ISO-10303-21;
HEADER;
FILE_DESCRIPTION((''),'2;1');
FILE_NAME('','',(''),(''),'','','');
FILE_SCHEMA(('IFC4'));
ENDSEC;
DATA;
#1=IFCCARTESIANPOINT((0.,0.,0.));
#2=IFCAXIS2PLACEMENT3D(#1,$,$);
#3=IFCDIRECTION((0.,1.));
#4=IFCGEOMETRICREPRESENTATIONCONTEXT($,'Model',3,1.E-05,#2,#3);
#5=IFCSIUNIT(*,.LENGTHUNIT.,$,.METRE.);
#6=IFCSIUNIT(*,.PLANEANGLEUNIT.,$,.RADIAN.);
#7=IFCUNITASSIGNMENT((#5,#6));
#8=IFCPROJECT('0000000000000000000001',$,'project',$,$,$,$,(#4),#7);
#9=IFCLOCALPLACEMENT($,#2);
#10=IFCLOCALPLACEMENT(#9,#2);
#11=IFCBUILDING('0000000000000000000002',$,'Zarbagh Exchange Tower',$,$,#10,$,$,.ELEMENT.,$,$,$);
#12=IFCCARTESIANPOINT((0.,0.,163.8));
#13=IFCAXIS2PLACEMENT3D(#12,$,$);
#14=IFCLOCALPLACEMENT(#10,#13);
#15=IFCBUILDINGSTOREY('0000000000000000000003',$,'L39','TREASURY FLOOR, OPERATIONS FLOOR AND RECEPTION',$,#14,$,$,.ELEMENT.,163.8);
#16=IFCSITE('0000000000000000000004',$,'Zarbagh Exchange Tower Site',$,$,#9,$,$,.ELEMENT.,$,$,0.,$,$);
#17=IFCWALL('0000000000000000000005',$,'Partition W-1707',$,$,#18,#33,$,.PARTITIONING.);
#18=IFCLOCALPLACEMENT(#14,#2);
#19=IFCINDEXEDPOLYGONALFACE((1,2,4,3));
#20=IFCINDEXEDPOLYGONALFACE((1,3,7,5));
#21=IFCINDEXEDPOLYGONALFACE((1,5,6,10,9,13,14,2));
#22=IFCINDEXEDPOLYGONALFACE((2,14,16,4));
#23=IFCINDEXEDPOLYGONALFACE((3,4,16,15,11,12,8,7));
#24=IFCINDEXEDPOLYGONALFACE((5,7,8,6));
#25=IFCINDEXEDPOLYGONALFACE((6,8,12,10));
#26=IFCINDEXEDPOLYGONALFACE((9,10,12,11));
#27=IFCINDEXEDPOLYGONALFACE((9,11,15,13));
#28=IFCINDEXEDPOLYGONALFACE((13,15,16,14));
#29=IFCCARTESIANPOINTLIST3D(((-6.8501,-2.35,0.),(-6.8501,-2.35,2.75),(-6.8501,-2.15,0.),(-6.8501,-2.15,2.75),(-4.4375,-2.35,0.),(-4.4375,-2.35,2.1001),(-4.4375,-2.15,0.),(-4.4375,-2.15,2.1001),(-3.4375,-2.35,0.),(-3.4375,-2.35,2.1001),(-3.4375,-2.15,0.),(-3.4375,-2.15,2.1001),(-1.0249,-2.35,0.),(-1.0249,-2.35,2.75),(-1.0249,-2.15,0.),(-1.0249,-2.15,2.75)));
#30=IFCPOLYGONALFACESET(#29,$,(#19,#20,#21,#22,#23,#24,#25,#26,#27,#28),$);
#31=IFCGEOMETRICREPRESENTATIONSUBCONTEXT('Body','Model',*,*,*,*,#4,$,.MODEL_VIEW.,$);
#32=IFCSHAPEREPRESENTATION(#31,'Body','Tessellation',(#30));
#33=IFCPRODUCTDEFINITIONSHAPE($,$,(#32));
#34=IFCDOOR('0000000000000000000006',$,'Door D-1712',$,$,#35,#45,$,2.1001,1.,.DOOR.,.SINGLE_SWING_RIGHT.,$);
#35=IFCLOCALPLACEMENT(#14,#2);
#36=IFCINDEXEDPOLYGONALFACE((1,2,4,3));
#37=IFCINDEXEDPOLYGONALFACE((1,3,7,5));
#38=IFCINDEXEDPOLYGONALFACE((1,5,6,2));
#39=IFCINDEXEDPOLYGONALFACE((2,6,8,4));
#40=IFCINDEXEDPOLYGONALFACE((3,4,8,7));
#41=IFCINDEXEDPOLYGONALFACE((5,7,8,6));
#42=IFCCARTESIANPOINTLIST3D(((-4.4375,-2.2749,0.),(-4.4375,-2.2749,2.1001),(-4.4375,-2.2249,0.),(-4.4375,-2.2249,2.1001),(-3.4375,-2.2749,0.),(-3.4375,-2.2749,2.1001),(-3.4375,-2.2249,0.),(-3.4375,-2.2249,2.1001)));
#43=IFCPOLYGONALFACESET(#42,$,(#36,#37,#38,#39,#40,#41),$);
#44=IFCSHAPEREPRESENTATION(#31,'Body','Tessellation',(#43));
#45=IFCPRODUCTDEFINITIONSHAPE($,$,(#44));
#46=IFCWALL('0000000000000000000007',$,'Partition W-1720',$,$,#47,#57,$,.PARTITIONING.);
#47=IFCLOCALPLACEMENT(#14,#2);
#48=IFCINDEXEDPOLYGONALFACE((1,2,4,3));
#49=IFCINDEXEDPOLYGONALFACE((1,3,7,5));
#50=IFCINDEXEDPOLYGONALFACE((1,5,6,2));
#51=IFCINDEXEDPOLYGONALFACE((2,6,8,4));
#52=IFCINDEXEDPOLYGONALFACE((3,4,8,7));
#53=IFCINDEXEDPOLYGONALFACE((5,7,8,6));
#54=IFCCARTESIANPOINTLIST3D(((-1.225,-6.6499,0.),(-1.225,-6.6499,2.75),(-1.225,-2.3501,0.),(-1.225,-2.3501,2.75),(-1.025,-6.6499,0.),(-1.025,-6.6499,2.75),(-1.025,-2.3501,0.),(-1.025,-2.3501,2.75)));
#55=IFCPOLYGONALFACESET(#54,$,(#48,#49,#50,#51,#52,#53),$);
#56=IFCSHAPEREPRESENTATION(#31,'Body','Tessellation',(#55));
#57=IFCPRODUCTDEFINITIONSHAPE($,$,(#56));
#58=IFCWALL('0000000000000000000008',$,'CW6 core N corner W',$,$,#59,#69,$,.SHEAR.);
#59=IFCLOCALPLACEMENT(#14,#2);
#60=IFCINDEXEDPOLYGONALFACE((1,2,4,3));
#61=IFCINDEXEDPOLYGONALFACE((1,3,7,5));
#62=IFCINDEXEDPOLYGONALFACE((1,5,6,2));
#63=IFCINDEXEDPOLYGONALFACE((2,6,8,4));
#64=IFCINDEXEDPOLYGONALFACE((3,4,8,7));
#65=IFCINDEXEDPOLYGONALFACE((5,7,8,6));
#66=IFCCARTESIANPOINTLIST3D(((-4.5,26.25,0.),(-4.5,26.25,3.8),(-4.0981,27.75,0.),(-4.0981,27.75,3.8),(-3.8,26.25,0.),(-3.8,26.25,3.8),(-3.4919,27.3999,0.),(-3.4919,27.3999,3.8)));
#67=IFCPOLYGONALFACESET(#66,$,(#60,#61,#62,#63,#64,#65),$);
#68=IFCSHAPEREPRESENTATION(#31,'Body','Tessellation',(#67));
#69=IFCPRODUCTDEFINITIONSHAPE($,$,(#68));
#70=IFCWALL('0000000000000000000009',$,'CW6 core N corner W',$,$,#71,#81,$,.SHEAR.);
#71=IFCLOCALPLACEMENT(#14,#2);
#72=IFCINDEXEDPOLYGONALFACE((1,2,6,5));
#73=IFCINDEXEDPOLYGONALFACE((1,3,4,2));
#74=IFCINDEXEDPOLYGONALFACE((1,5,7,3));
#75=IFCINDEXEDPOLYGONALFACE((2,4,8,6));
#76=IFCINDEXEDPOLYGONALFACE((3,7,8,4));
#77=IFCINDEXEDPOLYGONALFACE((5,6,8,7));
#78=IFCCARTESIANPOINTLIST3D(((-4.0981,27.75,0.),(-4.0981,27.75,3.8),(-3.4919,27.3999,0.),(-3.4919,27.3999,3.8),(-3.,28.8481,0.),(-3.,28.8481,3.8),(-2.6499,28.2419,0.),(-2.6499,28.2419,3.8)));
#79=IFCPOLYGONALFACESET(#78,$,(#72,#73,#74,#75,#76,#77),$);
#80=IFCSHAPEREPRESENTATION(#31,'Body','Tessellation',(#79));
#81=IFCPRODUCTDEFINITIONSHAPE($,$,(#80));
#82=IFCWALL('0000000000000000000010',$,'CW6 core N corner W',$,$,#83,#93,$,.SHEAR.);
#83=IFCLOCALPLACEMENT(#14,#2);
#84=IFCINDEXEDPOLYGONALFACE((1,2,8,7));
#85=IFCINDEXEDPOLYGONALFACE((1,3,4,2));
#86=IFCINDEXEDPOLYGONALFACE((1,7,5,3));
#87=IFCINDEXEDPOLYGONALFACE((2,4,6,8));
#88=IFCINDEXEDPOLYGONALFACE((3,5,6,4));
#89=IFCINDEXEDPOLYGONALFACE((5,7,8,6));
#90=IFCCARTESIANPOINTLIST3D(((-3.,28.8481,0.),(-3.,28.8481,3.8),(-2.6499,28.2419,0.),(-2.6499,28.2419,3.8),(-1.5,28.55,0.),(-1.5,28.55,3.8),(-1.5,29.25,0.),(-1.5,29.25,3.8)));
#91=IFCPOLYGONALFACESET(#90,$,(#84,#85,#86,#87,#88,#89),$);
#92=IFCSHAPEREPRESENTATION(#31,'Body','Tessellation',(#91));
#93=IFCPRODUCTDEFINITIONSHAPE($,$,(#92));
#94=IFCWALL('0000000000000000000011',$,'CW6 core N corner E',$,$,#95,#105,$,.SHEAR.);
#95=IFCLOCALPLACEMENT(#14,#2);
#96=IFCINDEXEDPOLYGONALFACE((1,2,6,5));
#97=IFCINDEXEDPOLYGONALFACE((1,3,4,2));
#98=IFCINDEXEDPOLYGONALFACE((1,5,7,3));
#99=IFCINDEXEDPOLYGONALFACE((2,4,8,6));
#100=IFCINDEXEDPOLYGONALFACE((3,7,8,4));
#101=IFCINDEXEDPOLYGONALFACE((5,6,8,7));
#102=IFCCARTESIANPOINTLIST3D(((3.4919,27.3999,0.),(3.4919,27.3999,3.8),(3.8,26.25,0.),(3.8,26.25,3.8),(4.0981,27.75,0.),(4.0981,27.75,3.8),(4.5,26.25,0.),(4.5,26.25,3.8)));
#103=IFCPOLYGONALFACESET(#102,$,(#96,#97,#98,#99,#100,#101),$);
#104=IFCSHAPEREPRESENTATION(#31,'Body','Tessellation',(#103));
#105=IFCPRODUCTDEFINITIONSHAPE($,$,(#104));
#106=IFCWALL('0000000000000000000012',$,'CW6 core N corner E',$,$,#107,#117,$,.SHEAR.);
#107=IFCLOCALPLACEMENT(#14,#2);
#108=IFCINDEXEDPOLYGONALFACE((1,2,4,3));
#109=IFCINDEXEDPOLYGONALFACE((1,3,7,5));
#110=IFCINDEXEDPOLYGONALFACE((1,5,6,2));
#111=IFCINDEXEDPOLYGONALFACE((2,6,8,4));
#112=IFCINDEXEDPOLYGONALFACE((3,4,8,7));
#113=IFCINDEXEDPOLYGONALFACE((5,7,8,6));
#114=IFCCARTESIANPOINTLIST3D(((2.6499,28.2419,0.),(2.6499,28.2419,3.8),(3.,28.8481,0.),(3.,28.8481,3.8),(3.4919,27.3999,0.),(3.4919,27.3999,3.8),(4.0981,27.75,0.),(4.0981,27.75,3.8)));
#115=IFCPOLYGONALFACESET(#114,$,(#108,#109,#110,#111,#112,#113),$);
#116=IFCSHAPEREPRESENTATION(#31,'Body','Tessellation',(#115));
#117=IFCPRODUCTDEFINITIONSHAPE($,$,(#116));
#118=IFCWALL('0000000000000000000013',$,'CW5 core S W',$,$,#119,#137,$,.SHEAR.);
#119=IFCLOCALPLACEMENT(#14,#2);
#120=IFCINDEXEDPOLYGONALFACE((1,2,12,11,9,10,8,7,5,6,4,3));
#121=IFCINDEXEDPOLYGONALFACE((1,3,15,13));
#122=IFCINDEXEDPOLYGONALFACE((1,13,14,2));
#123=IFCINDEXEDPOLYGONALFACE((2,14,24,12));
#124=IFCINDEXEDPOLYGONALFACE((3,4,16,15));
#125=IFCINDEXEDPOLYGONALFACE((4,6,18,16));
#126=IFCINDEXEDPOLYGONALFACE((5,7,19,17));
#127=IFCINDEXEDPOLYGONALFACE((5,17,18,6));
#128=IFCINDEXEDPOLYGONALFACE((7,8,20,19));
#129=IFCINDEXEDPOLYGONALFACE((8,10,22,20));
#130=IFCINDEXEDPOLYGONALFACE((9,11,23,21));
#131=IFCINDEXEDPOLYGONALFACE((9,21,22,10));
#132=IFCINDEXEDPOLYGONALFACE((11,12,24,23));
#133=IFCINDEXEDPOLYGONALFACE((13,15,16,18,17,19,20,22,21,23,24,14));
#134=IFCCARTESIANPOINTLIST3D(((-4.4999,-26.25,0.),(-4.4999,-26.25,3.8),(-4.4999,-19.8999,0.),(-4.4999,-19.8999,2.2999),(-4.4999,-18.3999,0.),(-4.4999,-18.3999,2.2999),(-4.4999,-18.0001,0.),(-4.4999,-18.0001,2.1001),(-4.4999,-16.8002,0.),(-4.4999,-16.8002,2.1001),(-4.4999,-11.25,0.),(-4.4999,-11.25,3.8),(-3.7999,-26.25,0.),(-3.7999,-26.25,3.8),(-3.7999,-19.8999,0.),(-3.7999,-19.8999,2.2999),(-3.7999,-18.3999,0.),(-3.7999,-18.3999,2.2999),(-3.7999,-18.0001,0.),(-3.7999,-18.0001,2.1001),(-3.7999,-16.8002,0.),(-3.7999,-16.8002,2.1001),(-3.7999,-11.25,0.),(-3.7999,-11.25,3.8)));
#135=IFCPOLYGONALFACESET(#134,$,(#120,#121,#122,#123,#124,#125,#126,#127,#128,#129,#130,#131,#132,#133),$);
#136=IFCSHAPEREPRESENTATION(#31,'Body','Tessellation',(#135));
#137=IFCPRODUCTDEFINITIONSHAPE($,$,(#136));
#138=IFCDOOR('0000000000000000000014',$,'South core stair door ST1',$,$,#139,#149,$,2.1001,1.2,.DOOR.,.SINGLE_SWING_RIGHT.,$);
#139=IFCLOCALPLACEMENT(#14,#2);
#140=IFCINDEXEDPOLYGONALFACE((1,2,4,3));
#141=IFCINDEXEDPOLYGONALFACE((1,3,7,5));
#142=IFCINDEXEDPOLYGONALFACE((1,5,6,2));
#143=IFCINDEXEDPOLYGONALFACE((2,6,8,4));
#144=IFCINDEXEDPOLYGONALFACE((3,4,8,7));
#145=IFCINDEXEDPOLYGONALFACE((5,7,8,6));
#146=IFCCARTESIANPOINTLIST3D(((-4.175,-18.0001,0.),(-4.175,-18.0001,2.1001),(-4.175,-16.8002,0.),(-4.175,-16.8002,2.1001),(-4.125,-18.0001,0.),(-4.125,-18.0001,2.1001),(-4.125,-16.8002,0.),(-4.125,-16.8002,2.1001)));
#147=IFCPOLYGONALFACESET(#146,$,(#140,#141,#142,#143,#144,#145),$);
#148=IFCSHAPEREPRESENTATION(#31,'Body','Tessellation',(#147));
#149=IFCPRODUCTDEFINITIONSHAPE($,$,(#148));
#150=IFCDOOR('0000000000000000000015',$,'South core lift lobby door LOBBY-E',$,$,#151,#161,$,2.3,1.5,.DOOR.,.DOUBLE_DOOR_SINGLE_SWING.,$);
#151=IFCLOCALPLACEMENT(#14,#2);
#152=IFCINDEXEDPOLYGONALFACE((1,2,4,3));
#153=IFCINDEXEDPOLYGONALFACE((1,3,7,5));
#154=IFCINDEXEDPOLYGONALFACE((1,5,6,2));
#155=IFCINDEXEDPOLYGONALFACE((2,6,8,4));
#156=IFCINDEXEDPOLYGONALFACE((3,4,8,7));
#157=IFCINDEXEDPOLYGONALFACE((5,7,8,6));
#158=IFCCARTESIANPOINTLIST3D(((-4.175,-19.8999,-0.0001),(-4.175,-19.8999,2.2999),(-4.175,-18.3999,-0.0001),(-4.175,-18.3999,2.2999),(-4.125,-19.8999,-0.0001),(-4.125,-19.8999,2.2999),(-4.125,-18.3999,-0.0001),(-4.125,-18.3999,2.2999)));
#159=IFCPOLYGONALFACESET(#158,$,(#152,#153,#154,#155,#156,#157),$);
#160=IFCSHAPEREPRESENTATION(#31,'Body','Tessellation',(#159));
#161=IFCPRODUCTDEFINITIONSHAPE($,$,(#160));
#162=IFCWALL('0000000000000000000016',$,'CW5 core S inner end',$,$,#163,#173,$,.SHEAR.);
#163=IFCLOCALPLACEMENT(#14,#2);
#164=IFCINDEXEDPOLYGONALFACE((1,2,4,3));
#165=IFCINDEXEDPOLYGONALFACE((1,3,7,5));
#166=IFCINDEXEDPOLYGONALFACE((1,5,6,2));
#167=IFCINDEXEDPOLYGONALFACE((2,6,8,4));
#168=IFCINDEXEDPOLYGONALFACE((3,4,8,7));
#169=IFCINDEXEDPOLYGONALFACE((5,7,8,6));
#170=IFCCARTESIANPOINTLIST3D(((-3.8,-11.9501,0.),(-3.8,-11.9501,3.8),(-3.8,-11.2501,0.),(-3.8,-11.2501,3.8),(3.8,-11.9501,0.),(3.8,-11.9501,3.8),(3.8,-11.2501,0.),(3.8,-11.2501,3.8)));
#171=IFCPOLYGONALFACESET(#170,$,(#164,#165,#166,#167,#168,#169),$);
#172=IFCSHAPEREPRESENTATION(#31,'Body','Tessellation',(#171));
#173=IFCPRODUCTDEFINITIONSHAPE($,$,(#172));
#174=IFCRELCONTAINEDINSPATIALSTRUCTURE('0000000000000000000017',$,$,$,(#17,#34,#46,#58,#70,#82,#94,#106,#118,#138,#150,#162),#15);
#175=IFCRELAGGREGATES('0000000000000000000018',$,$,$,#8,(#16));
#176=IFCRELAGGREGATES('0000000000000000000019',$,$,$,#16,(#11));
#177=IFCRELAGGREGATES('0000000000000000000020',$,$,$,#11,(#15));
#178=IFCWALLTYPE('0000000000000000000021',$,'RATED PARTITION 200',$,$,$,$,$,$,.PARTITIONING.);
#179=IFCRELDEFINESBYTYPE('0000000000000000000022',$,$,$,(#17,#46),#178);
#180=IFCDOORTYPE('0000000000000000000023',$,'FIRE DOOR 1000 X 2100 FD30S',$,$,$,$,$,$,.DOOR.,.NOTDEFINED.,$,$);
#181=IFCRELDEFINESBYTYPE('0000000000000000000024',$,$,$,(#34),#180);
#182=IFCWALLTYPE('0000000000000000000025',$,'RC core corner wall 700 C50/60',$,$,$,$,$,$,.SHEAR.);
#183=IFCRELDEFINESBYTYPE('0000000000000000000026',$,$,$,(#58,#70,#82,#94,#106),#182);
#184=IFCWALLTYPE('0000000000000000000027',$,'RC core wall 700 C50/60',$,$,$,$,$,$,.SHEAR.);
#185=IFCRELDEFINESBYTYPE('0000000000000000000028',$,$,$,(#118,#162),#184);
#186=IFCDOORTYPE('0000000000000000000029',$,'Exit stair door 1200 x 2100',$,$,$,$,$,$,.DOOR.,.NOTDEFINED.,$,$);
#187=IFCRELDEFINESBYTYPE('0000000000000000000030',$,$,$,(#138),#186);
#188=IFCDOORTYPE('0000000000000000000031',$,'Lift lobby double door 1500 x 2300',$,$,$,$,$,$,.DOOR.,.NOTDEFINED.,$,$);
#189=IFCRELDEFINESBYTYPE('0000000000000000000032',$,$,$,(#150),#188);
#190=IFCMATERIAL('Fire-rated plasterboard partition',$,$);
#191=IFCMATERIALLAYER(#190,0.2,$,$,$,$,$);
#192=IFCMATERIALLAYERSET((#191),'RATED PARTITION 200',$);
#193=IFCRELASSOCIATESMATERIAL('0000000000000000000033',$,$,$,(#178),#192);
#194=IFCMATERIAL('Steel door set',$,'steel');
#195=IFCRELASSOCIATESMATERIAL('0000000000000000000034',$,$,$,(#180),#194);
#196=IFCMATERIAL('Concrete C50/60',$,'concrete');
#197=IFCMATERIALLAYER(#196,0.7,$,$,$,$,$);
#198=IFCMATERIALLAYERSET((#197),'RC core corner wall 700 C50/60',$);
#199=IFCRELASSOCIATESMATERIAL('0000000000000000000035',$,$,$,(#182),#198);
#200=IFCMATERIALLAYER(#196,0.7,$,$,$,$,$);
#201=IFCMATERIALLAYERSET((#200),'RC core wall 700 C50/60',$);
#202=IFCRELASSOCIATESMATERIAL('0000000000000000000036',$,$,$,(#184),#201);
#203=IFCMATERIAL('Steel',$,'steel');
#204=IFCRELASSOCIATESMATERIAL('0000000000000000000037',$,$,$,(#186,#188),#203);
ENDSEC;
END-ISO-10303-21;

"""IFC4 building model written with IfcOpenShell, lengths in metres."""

from ifc_helpers import new_model, si_unit, direction, frame, frame_2d, origin, place, context, subcontext, project, spatial, polyline, rectangle, outline, extrude, material, layer, layer_set, type_object, element, fill, save


model = new_model("IFC4")

# Units and contexts
model_context = context("Model", 3, precision=1e-05, world=origin(), true_north=direction((0.0, 1.0)))
body_context = subcontext(model_context, "Body", "Model", "MODEL_VIEW")
ifc_project = project(units=[si_unit("LENGTHUNIT", "METRE"), si_unit("PLANEANGLEUNIT", "RADIAN")], contexts=[model_context])

# Site, building, storey
site_placement = place(None, origin())
site = spatial("IfcSite", under=ifc_project, at=site_placement, Name="Zarbagh Exchange Tower Site", CompositionType="ELEMENT", RefElevation=0.0)
building_placement = place(site_placement, origin())
building = spatial("IfcBuilding", under=site, at=building_placement, Name="Zarbagh Exchange Tower", CompositionType="ELEMENT")
storey_placement = place(building_placement, frame((0.0, 0.0, 163.8)))
storey = spatial("IfcBuildingStorey", under=building, at=storey_placement, Name="L39", Description="TREASURY FLOOR, OPERATIONS FLOOR AND RECEPTION", CompositionType="ELEMENT", Elevation=163.8)

# Shared definitions
ifc_material_1 = material(Name="Concrete C50/60", Category="concrete")

# Wall, opening, door
ifc_material_2 = material(Name="Fire-rated plasterboard partition")
ifc_layer_1 = layer(ifc_material_2, 0.2)
ifc_layer_set_1 = layer_set([ifc_layer_1], Name="RATED PARTITION 200")
wall_type_1 = type_object("IfcWallType", Name="RATED PARTITION 200", PredefinedType="PARTITIONING", material=ifc_layer_set_1)
wall_1_placement = place(storey_placement, frame((-1.0249, -2.25, 0.0), z_axis=(0.0, 0.0, 1.0), x_axis=(-1.0, 0.0, 0.0)))
wall_1 = element("IfcWall", 1, at=wall_1_placement, inside=storey, type_object=wall_type_1, Name="Partition W-1707", PredefinedType="PARTITIONING", context=body_context, shape_type="SweptSolid", body=[
    extrude(rectangle(XDim=5.8252, YDim=0.2, at=frame_2d((2.9126, 0.0))), origin(), (0.0, 0.0, 1.0), 2.75),
])
opening_1_placement = place(wall_1_placement, frame((2.4126, 0.0, 0.0)))
opening_1 = element("IfcOpeningElement", 2, at=opening_1_placement, cuts=wall_1, PredefinedType="OPENING", context=body_context, shape_type="SweptSolid", body=[
    extrude(rectangle(XDim=1.0, YDim=2.1001, at=frame_2d((0.5, 1.05))), frame((0.0, 0.1099, 0.0), z_axis=(0.0, -1.0, 0.0), x_axis=(1.0, 0.0, 0.0)), (0.0, 0.0, 1.0), 0.22),
])
ifc_material_3 = material(Name="Steel door set", Category="steel")
door_type_1 = type_object("IfcDoorType", Name="FIRE DOOR 1000 X 2100 FD30S", OperationType="NOTDEFINED", PredefinedType="DOOR", material=ifc_material_3)
door_1_placement = place(opening_1_placement, origin())
door_1 = element("IfcDoor", 3, at=door_1_placement, inside=storey, type_object=door_type_1, Name="Door D-1712", OperationType="SINGLE_SWING_RIGHT", OverallHeight=2.1001, OverallWidth=1.0, PredefinedType="DOOR", context=body_context, shape_type="SweptSolid", body=[
    extrude(rectangle(XDim=1.0, YDim=2.1001, at=frame_2d((0.5, 1.05))), frame((0.0, 0.0249, 0.0), z_axis=(0.0, -1.0, 0.0), x_axis=(1.0, 0.0, 0.0)), (0.0, 0.0, 1.0), 0.05),
])
fill(opening_1, door_1)

# Walls
wall_2_placement = place(storey_placement, frame((-1.125, -6.6499, 0.0), z_axis=(0.0, 0.0, 1.0), x_axis=(0.0, 1.0, 0.0)))
element("IfcWall", 4, at=wall_2_placement, inside=storey, type_object=wall_type_1, Name="Partition W-1720", PredefinedType="PARTITIONING", context=body_context, shape_type="SweptSolid", body=[
    extrude(rectangle(XDim=4.2998, YDim=0.2, at=frame_2d((2.1499, 0.0))), origin(), (0.0, 0.0, 1.0), 2.75),
])
ifc_layer_2 = layer(ifc_material_1, 0.7)
ifc_layer_set_2 = layer_set([ifc_layer_2], Name="RC core corner wall 700 C50/60")
wall_type_2 = type_object("IfcWallType", Name="RC core corner wall 700 C50/60", PredefinedType="SHEAR", material=ifc_layer_set_2)
wall_3_placement = place(storey_placement, origin())
element("IfcWall", 5, at=wall_3_placement, inside=storey, type_object=wall_type_2, Name="CW6 core N corner W", PredefinedType="SHEAR", context=body_context, shape_type="SweptSolid", body=[
    extrude(outline(polyline([(-4.5, 26.25), (-4.0981, 27.75), (-3.4919, 27.3999), (-3.8, 26.25), (-4.5, 26.25)])), origin(), (0.0, 0.0, 1.0), 3.8),
])
wall_4_placement = place(storey_placement, origin())
element("IfcWall", 6, at=wall_4_placement, inside=storey, type_object=wall_type_2, Name="CW6 core N corner W", PredefinedType="SHEAR", context=body_context, shape_type="SweptSolid", body=[
    extrude(outline(polyline([(-4.0981, 27.75), (-3.0, 28.8481), (-2.6499, 28.2419), (-3.4919, 27.3999), (-4.0981, 27.75)])), origin(), (0.0, 0.0, 1.0), 3.8),
])
wall_5_placement = place(storey_placement, origin())
element("IfcWall", 7, at=wall_5_placement, inside=storey, type_object=wall_type_2, Name="CW6 core N corner W", PredefinedType="SHEAR", context=body_context, shape_type="SweptSolid", body=[
    extrude(outline(polyline([(-3.0, 28.8481), (-1.5, 29.25), (-1.5, 28.55), (-2.6499, 28.2419), (-3.0, 28.8481)])), origin(), (0.0, 0.0, 1.0), 3.8),
])
wall_6_placement = place(storey_placement, origin())
element("IfcWall", 8, at=wall_6_placement, inside=storey, type_object=wall_type_2, Name="CW6 core N corner E", PredefinedType="SHEAR", context=body_context, shape_type="SweptSolid", body=[
    extrude(outline(polyline([(4.5, 26.25), (4.0981, 27.75), (3.4919, 27.3999), (3.8, 26.25), (4.5, 26.25)])), origin(), (0.0, 0.0, 1.0), 3.8),
])
wall_7_placement = place(storey_placement, origin())
element("IfcWall", 9, at=wall_7_placement, inside=storey, type_object=wall_type_2, Name="CW6 core N corner E", PredefinedType="SHEAR", context=body_context, shape_type="SweptSolid", body=[
    extrude(outline(polyline([(4.0981, 27.75), (3.0, 28.8481), (2.6499, 28.2419), (3.4919, 27.3999), (4.0981, 27.75)])), origin(), (0.0, 0.0, 1.0), 3.8),
])

# Wall, openings, doors
ifc_layer_3 = layer(ifc_material_1, 0.7)
ifc_layer_set_3 = layer_set([ifc_layer_3], Name="RC core wall 700 C50/60")
wall_type_3 = type_object("IfcWallType", Name="RC core wall 700 C50/60", PredefinedType="SHEAR", material=ifc_layer_set_3)
wall_8_placement = place(storey_placement, frame((-4.1499, -11.25, 0.0), z_axis=(0.0, 0.0, 1.0), x_axis=(0.0, -1.0, 0.0)))
wall_8 = element("IfcWall", 10, at=wall_8_placement, inside=storey, type_object=wall_type_3, Name="CW5 core S W", PredefinedType="SHEAR", context=body_context, shape_type="SweptSolid", body=[
    extrude(rectangle(XDim=15.0, YDim=0.7, at=frame_2d((7.5, 0.0))), origin(), (0.0, 0.0, 1.0), 3.8),
])
opening_2_placement = place(wall_8_placement, frame((7.1499, 0.0, 0.0)))
opening_2 = element("IfcOpeningElement", 11, at=opening_2_placement, cuts=wall_8, PredefinedType="OPENING", context=body_context, shape_type="SweptSolid", body=[
    extrude(rectangle(XDim=1.5, YDim=2.3, at=frame_2d((0.75, 1.1499))), frame((0.0, 0.3599, 0.0), z_axis=(0.0, -1.0, 0.0), x_axis=(1.0, 0.0, 0.0)), (0.0, 0.0, 1.0), 0.72),
])
opening_3_placement = place(wall_8_placement, frame((5.55, 0.0, 0.0)))
opening_3 = element("IfcOpeningElement", 12, at=opening_3_placement, cuts=wall_8, PredefinedType="OPENING", context=body_context, shape_type="SweptSolid", body=[
    extrude(rectangle(XDim=1.2, YDim=2.1001, at=frame_2d((0.6001, 1.05))), frame((0.0, 0.3599, 0.0), z_axis=(0.0, -1.0, 0.0), x_axis=(1.0, 0.0, 0.0)), (0.0, 0.0, 1.0), 0.72),
])
ifc_material_4 = material(Name="Steel", Category="steel")
door_type_2 = type_object("IfcDoorType", Name="Exit stair door 1200 x 2100", OperationType="NOTDEFINED", PredefinedType="DOOR", material=ifc_material_4)
door_2_placement = place(opening_3_placement, origin())
door_2 = element("IfcDoor", 13, at=door_2_placement, inside=storey, type_object=door_type_2, Name="South core stair door ST1", OperationType="SINGLE_SWING_RIGHT", OverallHeight=2.1001, OverallWidth=1.2, PredefinedType="DOOR", context=body_context, shape_type="SweptSolid", body=[
    extrude(rectangle(XDim=1.2, YDim=2.1001, at=frame_2d((0.6001, 1.05))), frame((0.0, 0.0249, 0.0), z_axis=(0.0, -1.0, 0.0), x_axis=(1.0, 0.0, 0.0)), (0.0, 0.0, 1.0), 0.05),
])
fill(opening_3, door_2)
door_type_3 = type_object("IfcDoorType", Name="Lift lobby double door 1500 x 2300", OperationType="NOTDEFINED", PredefinedType="DOOR", material=ifc_material_4)
door_3_placement = place(opening_2_placement, origin())
door_3 = element("IfcDoor", 14, at=door_3_placement, inside=storey, type_object=door_type_3, Name="South core lift lobby door LOBBY-E", OperationType="DOUBLE_DOOR_SINGLE_SWING", OverallHeight=2.3, OverallWidth=1.5, PredefinedType="DOOR", context=body_context, shape_type="SweptSolid", body=[
    extrude(rectangle(XDim=1.5, YDim=2.3, at=frame_2d((0.75, 1.1499))), frame((0.0, 0.0249, 0.0), z_axis=(0.0, -1.0, 0.0), x_axis=(1.0, 0.0, 0.0)), (0.0, 0.0, 1.0), 0.05),
])
fill(opening_2, door_3)

# Wall
wall_9_placement = place(storey_placement, frame((-3.8, -11.6001, 0.0), z_axis=(0.0, 0.0, 1.0), x_axis=(1.0, 0.0, 0.0)))
element("IfcWall", 15, at=wall_9_placement, inside=storey, type_object=wall_type_3, Name="CW5 core S inner end", PredefinedType="SHEAR", context=body_context, shape_type="SweptSolid", body=[
    extrude(rectangle(XDim=7.6001, YDim=0.7, at=frame_2d((3.8, 0.0))), origin(), (0.0, 0.0, 1.0), 3.8),
])

save(model, "model.ifc")
